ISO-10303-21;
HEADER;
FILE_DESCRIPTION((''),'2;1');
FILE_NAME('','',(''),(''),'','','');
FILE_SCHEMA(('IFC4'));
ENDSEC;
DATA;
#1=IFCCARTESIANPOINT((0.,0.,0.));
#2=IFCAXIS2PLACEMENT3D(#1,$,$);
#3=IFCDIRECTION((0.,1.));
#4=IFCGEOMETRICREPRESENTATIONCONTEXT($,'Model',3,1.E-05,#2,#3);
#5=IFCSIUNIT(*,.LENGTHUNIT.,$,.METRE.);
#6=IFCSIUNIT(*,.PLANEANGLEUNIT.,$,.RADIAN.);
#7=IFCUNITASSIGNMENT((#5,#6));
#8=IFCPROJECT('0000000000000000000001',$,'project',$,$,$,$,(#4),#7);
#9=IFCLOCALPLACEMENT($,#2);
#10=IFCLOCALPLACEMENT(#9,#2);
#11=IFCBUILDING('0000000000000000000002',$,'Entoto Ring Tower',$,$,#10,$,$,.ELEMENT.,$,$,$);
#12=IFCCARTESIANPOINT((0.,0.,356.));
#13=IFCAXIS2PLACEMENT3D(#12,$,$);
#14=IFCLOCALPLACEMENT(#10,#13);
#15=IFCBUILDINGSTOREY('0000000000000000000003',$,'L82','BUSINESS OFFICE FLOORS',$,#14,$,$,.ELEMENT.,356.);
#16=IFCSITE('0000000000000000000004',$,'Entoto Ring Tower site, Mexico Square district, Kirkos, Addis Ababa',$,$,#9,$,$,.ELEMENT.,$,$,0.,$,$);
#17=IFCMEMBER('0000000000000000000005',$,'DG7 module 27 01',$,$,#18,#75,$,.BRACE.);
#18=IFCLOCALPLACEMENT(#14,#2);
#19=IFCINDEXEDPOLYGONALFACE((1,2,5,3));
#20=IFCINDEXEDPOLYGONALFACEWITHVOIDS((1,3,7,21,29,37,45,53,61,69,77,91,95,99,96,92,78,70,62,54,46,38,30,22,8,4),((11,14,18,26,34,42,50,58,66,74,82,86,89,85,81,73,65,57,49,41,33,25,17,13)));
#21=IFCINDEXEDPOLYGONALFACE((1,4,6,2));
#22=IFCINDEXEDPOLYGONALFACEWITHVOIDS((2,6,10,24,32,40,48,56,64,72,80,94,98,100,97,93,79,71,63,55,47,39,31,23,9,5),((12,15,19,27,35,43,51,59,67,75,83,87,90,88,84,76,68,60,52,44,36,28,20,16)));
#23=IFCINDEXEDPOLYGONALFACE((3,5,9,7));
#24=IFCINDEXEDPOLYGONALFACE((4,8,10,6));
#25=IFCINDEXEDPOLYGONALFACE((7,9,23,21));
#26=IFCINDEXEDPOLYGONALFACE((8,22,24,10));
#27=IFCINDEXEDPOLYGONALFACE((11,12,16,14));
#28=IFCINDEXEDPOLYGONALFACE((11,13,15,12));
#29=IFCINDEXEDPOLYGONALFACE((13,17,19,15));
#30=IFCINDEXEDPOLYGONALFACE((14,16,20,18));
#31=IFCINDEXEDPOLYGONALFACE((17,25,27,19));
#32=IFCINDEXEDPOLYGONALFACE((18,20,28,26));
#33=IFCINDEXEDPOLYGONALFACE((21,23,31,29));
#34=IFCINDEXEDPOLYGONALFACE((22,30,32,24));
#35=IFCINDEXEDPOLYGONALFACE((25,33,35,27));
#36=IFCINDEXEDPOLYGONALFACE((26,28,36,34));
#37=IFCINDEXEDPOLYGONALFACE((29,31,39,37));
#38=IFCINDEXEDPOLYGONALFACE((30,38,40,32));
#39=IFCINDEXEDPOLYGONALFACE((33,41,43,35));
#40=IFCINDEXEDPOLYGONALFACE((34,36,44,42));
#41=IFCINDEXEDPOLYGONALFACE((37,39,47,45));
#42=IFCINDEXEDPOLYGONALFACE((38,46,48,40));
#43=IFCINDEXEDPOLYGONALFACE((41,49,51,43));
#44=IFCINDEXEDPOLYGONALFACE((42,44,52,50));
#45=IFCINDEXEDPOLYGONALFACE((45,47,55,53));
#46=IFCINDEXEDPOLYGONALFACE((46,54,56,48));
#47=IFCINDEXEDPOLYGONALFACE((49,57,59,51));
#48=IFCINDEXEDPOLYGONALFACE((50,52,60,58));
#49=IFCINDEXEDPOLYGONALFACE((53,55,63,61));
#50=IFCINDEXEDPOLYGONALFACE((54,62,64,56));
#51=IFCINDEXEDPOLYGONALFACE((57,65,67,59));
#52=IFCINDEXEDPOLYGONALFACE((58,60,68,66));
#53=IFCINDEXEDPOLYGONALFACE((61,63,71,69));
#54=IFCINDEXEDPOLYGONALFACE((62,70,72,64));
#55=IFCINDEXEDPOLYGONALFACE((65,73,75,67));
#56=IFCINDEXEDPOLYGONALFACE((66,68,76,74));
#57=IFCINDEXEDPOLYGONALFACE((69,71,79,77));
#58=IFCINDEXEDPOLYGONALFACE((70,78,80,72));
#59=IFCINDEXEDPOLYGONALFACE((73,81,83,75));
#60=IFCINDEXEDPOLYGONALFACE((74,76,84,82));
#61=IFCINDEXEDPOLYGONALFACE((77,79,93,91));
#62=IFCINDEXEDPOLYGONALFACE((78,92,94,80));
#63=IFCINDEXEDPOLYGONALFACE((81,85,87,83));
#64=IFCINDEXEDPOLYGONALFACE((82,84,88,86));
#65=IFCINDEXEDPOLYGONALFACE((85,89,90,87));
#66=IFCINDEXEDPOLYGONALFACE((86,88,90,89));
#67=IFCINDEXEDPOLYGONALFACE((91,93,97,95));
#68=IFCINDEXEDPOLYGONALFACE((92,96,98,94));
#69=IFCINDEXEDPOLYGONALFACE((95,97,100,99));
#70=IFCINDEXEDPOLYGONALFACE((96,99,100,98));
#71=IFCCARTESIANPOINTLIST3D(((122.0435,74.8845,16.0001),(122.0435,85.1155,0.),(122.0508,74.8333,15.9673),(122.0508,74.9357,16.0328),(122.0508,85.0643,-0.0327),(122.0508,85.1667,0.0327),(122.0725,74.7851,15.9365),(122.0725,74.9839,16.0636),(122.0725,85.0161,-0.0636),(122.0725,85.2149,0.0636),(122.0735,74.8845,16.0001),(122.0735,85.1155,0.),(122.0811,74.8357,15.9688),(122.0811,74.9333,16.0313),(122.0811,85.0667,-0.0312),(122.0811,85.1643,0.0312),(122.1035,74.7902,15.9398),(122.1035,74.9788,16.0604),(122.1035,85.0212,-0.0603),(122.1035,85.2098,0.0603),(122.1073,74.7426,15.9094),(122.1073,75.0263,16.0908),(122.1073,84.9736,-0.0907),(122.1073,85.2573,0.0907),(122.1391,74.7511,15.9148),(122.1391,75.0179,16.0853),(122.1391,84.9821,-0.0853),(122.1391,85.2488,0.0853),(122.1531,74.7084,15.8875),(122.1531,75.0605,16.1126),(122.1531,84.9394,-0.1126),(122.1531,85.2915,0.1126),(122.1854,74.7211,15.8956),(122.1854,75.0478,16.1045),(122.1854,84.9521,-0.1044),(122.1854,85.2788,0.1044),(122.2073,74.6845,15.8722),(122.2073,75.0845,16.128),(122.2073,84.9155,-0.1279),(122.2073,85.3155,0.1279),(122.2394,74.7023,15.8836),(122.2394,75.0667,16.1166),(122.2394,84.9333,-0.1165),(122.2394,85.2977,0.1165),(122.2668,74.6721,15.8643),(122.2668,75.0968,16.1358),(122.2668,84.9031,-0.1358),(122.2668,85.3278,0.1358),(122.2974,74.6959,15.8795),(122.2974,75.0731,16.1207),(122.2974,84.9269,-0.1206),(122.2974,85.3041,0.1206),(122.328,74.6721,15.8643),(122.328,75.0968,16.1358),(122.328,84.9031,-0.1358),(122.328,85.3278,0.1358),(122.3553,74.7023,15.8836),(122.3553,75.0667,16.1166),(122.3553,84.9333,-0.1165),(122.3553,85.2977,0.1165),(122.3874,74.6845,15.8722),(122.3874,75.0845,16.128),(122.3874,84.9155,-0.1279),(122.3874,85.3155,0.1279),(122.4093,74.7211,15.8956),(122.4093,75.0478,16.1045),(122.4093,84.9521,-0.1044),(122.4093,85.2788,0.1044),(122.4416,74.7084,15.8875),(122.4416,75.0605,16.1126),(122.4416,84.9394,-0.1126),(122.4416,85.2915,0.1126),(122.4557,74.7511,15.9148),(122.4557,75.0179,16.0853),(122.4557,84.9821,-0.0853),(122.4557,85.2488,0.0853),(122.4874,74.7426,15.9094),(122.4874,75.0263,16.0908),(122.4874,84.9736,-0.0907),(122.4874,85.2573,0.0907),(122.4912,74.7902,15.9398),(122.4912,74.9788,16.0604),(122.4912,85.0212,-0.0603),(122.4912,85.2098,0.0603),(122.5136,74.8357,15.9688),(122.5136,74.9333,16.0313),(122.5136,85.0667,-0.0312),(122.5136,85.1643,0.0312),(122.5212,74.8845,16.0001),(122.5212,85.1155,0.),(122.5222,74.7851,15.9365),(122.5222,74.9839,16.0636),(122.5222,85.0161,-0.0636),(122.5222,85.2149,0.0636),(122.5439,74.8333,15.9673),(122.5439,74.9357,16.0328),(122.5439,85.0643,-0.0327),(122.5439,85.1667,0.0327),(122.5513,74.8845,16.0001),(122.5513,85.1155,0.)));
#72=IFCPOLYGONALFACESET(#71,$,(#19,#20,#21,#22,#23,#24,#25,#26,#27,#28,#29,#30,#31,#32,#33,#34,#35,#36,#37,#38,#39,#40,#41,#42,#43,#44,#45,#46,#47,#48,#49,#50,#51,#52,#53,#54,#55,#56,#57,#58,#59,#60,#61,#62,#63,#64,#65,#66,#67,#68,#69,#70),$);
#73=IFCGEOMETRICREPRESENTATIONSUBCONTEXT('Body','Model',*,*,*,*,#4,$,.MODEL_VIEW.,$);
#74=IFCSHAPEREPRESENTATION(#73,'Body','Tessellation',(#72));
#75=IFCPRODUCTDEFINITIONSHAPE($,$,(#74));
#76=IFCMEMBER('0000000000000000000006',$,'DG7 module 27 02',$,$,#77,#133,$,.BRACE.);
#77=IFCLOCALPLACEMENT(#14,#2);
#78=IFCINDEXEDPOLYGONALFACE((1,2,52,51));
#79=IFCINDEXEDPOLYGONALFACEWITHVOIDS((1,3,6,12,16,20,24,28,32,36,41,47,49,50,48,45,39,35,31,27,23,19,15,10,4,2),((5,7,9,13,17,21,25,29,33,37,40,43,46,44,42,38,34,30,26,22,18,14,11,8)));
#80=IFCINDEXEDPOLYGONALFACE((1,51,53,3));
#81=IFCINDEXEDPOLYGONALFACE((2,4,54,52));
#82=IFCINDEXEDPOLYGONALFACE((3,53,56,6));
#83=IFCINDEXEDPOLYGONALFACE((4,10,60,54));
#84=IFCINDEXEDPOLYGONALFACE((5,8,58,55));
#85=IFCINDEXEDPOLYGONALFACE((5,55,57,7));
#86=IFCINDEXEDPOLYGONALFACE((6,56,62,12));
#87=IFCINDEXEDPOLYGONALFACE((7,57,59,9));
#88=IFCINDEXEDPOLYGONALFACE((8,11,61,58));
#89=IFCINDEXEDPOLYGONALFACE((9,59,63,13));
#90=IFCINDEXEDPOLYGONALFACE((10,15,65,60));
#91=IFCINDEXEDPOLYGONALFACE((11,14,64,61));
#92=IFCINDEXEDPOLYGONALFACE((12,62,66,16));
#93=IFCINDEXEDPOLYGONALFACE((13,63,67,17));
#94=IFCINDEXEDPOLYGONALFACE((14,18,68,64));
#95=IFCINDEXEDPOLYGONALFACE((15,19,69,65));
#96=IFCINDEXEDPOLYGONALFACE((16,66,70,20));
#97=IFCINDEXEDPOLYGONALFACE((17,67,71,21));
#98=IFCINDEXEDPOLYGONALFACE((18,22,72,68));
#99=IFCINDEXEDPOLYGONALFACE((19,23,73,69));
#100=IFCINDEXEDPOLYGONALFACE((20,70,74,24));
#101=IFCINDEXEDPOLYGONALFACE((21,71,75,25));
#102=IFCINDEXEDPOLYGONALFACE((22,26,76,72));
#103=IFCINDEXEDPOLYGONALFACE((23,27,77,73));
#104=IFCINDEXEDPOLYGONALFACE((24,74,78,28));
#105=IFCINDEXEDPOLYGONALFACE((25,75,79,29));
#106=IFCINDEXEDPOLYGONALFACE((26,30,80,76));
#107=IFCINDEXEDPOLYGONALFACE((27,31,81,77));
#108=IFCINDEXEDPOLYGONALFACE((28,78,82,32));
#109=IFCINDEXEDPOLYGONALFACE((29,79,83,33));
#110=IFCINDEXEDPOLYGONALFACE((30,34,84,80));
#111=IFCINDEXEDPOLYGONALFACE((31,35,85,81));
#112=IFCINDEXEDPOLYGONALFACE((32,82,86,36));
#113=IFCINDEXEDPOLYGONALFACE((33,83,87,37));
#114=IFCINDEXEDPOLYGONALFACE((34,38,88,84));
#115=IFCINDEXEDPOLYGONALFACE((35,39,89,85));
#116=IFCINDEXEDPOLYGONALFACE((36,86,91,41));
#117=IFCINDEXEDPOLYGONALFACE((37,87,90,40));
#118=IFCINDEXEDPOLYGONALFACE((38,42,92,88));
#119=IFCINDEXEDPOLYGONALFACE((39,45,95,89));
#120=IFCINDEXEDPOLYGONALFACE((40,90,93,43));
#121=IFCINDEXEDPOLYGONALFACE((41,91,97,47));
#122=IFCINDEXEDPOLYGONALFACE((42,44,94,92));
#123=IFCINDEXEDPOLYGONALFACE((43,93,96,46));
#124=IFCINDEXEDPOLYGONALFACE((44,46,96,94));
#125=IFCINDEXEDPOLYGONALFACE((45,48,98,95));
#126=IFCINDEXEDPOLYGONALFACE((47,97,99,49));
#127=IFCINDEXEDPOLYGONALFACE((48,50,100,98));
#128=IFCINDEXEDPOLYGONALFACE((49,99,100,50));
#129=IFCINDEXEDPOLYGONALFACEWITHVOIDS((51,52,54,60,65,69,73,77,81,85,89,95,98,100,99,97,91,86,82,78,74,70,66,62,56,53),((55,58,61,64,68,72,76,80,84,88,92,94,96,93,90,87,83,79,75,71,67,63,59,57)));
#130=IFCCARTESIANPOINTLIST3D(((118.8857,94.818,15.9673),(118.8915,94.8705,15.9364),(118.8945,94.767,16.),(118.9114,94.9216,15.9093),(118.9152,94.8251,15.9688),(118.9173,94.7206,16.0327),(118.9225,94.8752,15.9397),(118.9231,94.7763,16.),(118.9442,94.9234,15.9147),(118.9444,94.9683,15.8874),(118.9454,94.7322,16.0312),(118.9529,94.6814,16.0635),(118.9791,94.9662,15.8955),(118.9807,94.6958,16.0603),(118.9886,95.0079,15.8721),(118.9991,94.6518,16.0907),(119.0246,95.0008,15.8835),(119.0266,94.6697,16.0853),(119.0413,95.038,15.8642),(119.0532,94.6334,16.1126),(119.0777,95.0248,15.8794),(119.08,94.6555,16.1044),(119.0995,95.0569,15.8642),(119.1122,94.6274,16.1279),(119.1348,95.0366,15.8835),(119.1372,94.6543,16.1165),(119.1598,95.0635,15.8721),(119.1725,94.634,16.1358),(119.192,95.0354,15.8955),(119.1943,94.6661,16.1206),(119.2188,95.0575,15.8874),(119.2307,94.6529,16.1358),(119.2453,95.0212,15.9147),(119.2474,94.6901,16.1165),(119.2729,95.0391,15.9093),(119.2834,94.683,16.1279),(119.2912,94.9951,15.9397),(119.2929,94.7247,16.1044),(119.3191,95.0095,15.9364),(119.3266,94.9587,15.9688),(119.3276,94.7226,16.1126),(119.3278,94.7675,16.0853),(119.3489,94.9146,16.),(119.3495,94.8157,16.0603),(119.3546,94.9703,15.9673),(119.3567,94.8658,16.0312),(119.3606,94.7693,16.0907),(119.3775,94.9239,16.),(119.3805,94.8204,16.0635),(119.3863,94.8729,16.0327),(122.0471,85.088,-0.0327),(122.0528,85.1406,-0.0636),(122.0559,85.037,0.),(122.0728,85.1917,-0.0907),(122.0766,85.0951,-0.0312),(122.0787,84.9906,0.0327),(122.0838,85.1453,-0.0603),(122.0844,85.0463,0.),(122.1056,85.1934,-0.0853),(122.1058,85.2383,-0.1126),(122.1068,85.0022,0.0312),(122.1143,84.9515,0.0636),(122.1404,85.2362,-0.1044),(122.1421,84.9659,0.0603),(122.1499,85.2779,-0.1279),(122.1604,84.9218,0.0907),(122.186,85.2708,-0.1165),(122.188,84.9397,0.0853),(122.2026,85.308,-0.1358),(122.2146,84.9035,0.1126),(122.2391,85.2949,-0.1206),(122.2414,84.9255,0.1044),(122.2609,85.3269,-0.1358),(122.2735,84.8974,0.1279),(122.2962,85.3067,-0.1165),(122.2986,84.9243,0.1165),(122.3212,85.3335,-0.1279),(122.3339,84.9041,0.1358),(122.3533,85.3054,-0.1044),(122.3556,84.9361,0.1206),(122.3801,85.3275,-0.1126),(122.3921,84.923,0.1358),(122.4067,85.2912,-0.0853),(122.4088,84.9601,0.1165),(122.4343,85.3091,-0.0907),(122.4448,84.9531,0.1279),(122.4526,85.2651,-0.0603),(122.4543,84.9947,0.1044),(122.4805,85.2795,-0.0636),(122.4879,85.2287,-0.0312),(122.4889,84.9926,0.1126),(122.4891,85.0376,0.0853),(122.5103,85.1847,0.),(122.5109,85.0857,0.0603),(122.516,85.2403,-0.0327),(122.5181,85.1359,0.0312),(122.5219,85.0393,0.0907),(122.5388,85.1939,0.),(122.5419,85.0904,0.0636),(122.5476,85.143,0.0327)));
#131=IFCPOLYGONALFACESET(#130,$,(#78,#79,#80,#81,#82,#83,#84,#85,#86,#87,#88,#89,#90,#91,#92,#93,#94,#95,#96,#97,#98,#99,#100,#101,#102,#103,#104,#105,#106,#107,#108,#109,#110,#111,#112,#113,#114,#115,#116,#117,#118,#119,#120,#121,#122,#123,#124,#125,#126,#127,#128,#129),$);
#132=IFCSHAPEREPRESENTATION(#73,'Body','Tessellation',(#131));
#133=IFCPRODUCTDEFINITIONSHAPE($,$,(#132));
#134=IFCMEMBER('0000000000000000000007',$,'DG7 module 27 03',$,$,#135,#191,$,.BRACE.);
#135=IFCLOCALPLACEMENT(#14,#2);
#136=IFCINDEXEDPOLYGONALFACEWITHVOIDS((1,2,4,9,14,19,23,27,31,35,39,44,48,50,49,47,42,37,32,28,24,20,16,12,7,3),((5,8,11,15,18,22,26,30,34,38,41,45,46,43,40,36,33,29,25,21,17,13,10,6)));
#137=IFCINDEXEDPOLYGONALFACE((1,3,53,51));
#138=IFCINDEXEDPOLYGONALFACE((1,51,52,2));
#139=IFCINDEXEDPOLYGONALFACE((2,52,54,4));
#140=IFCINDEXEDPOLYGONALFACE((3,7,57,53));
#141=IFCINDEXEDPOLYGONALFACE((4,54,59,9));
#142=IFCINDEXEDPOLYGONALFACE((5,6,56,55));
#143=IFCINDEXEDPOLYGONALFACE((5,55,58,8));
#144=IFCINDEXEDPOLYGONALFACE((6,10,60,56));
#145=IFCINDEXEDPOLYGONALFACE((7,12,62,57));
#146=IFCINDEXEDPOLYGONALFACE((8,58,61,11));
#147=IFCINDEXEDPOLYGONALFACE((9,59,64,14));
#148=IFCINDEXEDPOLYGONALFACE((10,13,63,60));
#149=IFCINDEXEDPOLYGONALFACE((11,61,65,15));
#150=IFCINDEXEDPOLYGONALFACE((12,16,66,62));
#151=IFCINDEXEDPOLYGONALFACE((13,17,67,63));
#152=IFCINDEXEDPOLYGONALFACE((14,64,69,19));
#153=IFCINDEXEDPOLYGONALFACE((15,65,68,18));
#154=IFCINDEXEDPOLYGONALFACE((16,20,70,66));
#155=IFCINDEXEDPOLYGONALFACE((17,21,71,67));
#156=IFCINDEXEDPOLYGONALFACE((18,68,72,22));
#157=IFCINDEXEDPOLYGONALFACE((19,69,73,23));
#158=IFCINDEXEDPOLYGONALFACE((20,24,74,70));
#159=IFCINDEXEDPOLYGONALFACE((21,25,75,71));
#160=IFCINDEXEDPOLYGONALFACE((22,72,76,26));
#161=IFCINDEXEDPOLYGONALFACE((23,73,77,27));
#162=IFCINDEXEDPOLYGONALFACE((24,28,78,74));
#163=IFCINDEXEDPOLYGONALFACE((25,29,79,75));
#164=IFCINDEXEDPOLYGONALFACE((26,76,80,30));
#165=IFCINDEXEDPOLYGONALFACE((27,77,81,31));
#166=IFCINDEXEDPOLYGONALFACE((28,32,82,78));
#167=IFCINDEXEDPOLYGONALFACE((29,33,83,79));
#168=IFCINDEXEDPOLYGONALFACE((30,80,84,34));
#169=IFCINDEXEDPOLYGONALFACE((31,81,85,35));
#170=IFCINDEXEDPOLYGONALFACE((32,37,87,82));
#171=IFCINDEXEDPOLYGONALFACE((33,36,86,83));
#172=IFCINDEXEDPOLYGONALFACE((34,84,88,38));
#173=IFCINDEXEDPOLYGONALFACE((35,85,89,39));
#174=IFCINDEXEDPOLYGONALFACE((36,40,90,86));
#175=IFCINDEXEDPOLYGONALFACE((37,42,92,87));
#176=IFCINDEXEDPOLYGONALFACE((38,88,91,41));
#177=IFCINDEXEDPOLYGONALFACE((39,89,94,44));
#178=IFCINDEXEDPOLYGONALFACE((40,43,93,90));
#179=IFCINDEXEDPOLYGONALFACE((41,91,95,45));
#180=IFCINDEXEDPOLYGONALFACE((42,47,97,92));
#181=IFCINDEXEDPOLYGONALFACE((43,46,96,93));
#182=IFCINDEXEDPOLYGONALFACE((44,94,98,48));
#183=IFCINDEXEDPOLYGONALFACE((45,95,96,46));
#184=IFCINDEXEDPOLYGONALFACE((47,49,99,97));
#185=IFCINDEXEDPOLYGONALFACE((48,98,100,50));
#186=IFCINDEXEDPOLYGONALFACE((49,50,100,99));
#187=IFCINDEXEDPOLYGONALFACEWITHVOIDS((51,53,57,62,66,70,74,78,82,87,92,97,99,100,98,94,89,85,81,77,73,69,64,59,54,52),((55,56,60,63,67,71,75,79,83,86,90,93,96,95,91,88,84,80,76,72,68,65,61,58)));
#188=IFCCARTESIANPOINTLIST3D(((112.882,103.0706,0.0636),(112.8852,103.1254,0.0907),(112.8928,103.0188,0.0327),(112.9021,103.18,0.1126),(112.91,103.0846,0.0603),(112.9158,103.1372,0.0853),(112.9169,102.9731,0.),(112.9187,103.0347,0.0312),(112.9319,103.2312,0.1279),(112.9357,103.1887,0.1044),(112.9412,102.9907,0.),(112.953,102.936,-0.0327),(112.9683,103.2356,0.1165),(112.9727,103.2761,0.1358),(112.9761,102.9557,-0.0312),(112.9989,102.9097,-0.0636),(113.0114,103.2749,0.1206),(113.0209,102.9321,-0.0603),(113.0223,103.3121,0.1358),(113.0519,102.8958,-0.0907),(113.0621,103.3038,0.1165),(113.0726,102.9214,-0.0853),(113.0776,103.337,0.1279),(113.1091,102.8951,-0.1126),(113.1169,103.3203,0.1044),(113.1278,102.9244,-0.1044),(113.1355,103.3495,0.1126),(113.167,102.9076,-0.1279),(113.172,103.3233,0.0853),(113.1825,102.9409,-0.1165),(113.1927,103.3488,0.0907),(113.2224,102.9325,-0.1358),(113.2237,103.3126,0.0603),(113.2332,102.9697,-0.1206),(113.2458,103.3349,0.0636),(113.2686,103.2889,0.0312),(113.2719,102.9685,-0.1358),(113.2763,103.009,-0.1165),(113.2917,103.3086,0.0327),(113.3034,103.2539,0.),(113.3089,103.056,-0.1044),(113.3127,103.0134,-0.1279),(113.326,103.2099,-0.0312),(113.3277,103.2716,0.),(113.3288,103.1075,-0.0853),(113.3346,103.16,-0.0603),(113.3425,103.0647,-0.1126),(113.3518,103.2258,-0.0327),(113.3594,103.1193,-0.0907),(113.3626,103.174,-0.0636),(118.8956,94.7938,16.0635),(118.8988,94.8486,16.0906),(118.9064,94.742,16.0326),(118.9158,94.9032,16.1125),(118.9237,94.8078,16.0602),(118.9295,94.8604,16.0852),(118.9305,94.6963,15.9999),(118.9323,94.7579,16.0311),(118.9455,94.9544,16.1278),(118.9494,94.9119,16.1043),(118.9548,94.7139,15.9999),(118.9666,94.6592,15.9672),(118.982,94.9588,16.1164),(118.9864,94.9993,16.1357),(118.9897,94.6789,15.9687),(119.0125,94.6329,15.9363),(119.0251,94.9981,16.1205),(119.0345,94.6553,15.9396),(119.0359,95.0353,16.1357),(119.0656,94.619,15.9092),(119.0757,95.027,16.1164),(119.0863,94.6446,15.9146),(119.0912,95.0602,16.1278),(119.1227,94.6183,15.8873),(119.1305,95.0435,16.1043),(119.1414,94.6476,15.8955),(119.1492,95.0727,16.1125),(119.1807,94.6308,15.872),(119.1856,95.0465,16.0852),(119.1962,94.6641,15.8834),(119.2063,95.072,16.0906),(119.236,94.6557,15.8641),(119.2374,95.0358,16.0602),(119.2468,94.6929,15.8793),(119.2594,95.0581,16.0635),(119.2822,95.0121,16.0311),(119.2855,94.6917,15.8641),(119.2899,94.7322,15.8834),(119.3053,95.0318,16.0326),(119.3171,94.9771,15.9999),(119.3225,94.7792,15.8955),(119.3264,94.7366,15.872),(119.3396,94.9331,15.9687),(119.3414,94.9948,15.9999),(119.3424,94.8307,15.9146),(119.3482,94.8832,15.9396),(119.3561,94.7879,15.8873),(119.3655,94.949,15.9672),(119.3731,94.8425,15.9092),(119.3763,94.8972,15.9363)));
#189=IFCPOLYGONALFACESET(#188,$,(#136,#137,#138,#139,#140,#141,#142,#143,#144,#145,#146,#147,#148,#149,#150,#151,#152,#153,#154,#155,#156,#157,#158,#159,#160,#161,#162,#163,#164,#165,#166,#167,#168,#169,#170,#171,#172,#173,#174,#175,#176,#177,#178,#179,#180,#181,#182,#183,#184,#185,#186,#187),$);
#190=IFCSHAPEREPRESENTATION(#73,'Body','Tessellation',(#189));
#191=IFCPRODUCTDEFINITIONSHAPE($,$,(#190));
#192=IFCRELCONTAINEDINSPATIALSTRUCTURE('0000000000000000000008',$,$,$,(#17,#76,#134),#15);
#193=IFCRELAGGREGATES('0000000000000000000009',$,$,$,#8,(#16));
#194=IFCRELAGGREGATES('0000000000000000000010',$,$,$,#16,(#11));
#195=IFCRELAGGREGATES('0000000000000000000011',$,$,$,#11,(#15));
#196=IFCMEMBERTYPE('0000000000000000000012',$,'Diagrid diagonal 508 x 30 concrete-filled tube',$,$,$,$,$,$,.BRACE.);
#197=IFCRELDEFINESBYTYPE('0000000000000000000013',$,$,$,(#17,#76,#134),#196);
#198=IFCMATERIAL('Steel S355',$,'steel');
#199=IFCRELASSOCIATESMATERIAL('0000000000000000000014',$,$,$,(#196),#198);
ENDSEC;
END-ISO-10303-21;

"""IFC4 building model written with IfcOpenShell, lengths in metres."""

from ifc_helpers import new_model, si_unit, direction, frame, origin, origin_2d, place, context, subcontext, project, spatial, circle, hollow_circle, extrude, material, material_profile, profile_set, type_object, element, save


model = new_model("IFC4")

# Units and contexts
model_context = context("Model", 3, precision=1e-05, world=origin(), true_north=direction((0.0, 1.0)))
body_context = subcontext(model_context, "Body", "Model", "MODEL_VIEW")
ifc_project = project(units=[si_unit("LENGTHUNIT", "METRE"), si_unit("PLANEANGLEUNIT", "RADIAN")], contexts=[model_context])

# Site, building, storey
site_placement = place(None, origin())
site = spatial("IfcSite", under=ifc_project, at=site_placement, Name="Entoto Ring Tower site, Mexico Square district, Kirkos, Addis Ababa", CompositionType="ELEMENT", RefElevation=0.0)
building_placement = place(site_placement, origin())
building = spatial("IfcBuilding", under=site, at=building_placement, Name="Entoto Ring Tower", CompositionType="ELEMENT")
storey_placement = place(building_placement, frame((0.0, 0.0, 356.0)))
storey = spatial("IfcBuildingStorey", under=building, at=storey_placement, Name="L82", Description="BUSINESS OFFICE FLOORS", CompositionType="ELEMENT", Elevation=356.0)

# Members
ifc_material_1 = material(Name="Steel S355", Category="steel")
ifc_material_profile_1 = material_profile(ifc_material_1, hollow_circle(Radius=0.2539, WallThickness=0.03, at=origin_2d()), Name="CHS 508 x 30")
ifc_material_2 = material(Name="Concrete C60/75", Category="concrete")
ifc_material_profile_2 = material_profile(ifc_material_2, circle(Radius=0.2241, at=origin_2d()), Name="Concrete C60/75 infill")
ifc_profile_set_1 = profile_set([ifc_material_profile_1, ifc_material_profile_2], Name="Steel S355")
member_type_1 = type_object("IfcMemberType", Name="Diagrid diagonal 508 x 30 concrete-filled tube", PredefinedType="BRACE", material=ifc_profile_set_1)
member_1_placement = place(storey_placement, frame((122.2974, 85.1155, 0.0), z_axis=(0.0, -0.538716, 0.842488), x_axis=(1.0, 0.0, 0.0)))
element("IfcMember", 1, at=member_1_placement, inside=storey, type_object=member_type_1, Name="DG7 module 27 01", PredefinedType="BRACE", context=body_context, shape_type="SweptSolid", body=[
    extrude(hollow_circle(Radius=0.2539, WallThickness=0.03, at=origin_2d()), origin(), (0.0, 0.0, 1.0), 18.9915),
])
for number, where, z_axis, x_axis, name in (
    (2, (122.2974, 85.1155, 0.0), (-0.166465, 0.512341, 0.842494), (-0.951059, -0.309009, 0.0), "DG7 module 27 02"),
    (3, (113.1223, 103.1223, 0.0), (0.316654, -0.435823, 0.84249), (0.809008, 0.587797, 0.0), "DG7 module 27 03"),
):
    element("IfcMember", number, at=place(storey_placement, frame(where, z_axis=z_axis, x_axis=x_axis)), inside=storey, type_object=member_type_1, Name=name, PredefinedType="BRACE", context=body_context, shape_type="SweptSolid", body=[
        extrude(hollow_circle(Radius=0.2539, WallThickness=0.03, at=origin_2d()), origin(), (0.0, 0.0, 1.0), 18.9912),
    ])

save(model, "model.ifc")
